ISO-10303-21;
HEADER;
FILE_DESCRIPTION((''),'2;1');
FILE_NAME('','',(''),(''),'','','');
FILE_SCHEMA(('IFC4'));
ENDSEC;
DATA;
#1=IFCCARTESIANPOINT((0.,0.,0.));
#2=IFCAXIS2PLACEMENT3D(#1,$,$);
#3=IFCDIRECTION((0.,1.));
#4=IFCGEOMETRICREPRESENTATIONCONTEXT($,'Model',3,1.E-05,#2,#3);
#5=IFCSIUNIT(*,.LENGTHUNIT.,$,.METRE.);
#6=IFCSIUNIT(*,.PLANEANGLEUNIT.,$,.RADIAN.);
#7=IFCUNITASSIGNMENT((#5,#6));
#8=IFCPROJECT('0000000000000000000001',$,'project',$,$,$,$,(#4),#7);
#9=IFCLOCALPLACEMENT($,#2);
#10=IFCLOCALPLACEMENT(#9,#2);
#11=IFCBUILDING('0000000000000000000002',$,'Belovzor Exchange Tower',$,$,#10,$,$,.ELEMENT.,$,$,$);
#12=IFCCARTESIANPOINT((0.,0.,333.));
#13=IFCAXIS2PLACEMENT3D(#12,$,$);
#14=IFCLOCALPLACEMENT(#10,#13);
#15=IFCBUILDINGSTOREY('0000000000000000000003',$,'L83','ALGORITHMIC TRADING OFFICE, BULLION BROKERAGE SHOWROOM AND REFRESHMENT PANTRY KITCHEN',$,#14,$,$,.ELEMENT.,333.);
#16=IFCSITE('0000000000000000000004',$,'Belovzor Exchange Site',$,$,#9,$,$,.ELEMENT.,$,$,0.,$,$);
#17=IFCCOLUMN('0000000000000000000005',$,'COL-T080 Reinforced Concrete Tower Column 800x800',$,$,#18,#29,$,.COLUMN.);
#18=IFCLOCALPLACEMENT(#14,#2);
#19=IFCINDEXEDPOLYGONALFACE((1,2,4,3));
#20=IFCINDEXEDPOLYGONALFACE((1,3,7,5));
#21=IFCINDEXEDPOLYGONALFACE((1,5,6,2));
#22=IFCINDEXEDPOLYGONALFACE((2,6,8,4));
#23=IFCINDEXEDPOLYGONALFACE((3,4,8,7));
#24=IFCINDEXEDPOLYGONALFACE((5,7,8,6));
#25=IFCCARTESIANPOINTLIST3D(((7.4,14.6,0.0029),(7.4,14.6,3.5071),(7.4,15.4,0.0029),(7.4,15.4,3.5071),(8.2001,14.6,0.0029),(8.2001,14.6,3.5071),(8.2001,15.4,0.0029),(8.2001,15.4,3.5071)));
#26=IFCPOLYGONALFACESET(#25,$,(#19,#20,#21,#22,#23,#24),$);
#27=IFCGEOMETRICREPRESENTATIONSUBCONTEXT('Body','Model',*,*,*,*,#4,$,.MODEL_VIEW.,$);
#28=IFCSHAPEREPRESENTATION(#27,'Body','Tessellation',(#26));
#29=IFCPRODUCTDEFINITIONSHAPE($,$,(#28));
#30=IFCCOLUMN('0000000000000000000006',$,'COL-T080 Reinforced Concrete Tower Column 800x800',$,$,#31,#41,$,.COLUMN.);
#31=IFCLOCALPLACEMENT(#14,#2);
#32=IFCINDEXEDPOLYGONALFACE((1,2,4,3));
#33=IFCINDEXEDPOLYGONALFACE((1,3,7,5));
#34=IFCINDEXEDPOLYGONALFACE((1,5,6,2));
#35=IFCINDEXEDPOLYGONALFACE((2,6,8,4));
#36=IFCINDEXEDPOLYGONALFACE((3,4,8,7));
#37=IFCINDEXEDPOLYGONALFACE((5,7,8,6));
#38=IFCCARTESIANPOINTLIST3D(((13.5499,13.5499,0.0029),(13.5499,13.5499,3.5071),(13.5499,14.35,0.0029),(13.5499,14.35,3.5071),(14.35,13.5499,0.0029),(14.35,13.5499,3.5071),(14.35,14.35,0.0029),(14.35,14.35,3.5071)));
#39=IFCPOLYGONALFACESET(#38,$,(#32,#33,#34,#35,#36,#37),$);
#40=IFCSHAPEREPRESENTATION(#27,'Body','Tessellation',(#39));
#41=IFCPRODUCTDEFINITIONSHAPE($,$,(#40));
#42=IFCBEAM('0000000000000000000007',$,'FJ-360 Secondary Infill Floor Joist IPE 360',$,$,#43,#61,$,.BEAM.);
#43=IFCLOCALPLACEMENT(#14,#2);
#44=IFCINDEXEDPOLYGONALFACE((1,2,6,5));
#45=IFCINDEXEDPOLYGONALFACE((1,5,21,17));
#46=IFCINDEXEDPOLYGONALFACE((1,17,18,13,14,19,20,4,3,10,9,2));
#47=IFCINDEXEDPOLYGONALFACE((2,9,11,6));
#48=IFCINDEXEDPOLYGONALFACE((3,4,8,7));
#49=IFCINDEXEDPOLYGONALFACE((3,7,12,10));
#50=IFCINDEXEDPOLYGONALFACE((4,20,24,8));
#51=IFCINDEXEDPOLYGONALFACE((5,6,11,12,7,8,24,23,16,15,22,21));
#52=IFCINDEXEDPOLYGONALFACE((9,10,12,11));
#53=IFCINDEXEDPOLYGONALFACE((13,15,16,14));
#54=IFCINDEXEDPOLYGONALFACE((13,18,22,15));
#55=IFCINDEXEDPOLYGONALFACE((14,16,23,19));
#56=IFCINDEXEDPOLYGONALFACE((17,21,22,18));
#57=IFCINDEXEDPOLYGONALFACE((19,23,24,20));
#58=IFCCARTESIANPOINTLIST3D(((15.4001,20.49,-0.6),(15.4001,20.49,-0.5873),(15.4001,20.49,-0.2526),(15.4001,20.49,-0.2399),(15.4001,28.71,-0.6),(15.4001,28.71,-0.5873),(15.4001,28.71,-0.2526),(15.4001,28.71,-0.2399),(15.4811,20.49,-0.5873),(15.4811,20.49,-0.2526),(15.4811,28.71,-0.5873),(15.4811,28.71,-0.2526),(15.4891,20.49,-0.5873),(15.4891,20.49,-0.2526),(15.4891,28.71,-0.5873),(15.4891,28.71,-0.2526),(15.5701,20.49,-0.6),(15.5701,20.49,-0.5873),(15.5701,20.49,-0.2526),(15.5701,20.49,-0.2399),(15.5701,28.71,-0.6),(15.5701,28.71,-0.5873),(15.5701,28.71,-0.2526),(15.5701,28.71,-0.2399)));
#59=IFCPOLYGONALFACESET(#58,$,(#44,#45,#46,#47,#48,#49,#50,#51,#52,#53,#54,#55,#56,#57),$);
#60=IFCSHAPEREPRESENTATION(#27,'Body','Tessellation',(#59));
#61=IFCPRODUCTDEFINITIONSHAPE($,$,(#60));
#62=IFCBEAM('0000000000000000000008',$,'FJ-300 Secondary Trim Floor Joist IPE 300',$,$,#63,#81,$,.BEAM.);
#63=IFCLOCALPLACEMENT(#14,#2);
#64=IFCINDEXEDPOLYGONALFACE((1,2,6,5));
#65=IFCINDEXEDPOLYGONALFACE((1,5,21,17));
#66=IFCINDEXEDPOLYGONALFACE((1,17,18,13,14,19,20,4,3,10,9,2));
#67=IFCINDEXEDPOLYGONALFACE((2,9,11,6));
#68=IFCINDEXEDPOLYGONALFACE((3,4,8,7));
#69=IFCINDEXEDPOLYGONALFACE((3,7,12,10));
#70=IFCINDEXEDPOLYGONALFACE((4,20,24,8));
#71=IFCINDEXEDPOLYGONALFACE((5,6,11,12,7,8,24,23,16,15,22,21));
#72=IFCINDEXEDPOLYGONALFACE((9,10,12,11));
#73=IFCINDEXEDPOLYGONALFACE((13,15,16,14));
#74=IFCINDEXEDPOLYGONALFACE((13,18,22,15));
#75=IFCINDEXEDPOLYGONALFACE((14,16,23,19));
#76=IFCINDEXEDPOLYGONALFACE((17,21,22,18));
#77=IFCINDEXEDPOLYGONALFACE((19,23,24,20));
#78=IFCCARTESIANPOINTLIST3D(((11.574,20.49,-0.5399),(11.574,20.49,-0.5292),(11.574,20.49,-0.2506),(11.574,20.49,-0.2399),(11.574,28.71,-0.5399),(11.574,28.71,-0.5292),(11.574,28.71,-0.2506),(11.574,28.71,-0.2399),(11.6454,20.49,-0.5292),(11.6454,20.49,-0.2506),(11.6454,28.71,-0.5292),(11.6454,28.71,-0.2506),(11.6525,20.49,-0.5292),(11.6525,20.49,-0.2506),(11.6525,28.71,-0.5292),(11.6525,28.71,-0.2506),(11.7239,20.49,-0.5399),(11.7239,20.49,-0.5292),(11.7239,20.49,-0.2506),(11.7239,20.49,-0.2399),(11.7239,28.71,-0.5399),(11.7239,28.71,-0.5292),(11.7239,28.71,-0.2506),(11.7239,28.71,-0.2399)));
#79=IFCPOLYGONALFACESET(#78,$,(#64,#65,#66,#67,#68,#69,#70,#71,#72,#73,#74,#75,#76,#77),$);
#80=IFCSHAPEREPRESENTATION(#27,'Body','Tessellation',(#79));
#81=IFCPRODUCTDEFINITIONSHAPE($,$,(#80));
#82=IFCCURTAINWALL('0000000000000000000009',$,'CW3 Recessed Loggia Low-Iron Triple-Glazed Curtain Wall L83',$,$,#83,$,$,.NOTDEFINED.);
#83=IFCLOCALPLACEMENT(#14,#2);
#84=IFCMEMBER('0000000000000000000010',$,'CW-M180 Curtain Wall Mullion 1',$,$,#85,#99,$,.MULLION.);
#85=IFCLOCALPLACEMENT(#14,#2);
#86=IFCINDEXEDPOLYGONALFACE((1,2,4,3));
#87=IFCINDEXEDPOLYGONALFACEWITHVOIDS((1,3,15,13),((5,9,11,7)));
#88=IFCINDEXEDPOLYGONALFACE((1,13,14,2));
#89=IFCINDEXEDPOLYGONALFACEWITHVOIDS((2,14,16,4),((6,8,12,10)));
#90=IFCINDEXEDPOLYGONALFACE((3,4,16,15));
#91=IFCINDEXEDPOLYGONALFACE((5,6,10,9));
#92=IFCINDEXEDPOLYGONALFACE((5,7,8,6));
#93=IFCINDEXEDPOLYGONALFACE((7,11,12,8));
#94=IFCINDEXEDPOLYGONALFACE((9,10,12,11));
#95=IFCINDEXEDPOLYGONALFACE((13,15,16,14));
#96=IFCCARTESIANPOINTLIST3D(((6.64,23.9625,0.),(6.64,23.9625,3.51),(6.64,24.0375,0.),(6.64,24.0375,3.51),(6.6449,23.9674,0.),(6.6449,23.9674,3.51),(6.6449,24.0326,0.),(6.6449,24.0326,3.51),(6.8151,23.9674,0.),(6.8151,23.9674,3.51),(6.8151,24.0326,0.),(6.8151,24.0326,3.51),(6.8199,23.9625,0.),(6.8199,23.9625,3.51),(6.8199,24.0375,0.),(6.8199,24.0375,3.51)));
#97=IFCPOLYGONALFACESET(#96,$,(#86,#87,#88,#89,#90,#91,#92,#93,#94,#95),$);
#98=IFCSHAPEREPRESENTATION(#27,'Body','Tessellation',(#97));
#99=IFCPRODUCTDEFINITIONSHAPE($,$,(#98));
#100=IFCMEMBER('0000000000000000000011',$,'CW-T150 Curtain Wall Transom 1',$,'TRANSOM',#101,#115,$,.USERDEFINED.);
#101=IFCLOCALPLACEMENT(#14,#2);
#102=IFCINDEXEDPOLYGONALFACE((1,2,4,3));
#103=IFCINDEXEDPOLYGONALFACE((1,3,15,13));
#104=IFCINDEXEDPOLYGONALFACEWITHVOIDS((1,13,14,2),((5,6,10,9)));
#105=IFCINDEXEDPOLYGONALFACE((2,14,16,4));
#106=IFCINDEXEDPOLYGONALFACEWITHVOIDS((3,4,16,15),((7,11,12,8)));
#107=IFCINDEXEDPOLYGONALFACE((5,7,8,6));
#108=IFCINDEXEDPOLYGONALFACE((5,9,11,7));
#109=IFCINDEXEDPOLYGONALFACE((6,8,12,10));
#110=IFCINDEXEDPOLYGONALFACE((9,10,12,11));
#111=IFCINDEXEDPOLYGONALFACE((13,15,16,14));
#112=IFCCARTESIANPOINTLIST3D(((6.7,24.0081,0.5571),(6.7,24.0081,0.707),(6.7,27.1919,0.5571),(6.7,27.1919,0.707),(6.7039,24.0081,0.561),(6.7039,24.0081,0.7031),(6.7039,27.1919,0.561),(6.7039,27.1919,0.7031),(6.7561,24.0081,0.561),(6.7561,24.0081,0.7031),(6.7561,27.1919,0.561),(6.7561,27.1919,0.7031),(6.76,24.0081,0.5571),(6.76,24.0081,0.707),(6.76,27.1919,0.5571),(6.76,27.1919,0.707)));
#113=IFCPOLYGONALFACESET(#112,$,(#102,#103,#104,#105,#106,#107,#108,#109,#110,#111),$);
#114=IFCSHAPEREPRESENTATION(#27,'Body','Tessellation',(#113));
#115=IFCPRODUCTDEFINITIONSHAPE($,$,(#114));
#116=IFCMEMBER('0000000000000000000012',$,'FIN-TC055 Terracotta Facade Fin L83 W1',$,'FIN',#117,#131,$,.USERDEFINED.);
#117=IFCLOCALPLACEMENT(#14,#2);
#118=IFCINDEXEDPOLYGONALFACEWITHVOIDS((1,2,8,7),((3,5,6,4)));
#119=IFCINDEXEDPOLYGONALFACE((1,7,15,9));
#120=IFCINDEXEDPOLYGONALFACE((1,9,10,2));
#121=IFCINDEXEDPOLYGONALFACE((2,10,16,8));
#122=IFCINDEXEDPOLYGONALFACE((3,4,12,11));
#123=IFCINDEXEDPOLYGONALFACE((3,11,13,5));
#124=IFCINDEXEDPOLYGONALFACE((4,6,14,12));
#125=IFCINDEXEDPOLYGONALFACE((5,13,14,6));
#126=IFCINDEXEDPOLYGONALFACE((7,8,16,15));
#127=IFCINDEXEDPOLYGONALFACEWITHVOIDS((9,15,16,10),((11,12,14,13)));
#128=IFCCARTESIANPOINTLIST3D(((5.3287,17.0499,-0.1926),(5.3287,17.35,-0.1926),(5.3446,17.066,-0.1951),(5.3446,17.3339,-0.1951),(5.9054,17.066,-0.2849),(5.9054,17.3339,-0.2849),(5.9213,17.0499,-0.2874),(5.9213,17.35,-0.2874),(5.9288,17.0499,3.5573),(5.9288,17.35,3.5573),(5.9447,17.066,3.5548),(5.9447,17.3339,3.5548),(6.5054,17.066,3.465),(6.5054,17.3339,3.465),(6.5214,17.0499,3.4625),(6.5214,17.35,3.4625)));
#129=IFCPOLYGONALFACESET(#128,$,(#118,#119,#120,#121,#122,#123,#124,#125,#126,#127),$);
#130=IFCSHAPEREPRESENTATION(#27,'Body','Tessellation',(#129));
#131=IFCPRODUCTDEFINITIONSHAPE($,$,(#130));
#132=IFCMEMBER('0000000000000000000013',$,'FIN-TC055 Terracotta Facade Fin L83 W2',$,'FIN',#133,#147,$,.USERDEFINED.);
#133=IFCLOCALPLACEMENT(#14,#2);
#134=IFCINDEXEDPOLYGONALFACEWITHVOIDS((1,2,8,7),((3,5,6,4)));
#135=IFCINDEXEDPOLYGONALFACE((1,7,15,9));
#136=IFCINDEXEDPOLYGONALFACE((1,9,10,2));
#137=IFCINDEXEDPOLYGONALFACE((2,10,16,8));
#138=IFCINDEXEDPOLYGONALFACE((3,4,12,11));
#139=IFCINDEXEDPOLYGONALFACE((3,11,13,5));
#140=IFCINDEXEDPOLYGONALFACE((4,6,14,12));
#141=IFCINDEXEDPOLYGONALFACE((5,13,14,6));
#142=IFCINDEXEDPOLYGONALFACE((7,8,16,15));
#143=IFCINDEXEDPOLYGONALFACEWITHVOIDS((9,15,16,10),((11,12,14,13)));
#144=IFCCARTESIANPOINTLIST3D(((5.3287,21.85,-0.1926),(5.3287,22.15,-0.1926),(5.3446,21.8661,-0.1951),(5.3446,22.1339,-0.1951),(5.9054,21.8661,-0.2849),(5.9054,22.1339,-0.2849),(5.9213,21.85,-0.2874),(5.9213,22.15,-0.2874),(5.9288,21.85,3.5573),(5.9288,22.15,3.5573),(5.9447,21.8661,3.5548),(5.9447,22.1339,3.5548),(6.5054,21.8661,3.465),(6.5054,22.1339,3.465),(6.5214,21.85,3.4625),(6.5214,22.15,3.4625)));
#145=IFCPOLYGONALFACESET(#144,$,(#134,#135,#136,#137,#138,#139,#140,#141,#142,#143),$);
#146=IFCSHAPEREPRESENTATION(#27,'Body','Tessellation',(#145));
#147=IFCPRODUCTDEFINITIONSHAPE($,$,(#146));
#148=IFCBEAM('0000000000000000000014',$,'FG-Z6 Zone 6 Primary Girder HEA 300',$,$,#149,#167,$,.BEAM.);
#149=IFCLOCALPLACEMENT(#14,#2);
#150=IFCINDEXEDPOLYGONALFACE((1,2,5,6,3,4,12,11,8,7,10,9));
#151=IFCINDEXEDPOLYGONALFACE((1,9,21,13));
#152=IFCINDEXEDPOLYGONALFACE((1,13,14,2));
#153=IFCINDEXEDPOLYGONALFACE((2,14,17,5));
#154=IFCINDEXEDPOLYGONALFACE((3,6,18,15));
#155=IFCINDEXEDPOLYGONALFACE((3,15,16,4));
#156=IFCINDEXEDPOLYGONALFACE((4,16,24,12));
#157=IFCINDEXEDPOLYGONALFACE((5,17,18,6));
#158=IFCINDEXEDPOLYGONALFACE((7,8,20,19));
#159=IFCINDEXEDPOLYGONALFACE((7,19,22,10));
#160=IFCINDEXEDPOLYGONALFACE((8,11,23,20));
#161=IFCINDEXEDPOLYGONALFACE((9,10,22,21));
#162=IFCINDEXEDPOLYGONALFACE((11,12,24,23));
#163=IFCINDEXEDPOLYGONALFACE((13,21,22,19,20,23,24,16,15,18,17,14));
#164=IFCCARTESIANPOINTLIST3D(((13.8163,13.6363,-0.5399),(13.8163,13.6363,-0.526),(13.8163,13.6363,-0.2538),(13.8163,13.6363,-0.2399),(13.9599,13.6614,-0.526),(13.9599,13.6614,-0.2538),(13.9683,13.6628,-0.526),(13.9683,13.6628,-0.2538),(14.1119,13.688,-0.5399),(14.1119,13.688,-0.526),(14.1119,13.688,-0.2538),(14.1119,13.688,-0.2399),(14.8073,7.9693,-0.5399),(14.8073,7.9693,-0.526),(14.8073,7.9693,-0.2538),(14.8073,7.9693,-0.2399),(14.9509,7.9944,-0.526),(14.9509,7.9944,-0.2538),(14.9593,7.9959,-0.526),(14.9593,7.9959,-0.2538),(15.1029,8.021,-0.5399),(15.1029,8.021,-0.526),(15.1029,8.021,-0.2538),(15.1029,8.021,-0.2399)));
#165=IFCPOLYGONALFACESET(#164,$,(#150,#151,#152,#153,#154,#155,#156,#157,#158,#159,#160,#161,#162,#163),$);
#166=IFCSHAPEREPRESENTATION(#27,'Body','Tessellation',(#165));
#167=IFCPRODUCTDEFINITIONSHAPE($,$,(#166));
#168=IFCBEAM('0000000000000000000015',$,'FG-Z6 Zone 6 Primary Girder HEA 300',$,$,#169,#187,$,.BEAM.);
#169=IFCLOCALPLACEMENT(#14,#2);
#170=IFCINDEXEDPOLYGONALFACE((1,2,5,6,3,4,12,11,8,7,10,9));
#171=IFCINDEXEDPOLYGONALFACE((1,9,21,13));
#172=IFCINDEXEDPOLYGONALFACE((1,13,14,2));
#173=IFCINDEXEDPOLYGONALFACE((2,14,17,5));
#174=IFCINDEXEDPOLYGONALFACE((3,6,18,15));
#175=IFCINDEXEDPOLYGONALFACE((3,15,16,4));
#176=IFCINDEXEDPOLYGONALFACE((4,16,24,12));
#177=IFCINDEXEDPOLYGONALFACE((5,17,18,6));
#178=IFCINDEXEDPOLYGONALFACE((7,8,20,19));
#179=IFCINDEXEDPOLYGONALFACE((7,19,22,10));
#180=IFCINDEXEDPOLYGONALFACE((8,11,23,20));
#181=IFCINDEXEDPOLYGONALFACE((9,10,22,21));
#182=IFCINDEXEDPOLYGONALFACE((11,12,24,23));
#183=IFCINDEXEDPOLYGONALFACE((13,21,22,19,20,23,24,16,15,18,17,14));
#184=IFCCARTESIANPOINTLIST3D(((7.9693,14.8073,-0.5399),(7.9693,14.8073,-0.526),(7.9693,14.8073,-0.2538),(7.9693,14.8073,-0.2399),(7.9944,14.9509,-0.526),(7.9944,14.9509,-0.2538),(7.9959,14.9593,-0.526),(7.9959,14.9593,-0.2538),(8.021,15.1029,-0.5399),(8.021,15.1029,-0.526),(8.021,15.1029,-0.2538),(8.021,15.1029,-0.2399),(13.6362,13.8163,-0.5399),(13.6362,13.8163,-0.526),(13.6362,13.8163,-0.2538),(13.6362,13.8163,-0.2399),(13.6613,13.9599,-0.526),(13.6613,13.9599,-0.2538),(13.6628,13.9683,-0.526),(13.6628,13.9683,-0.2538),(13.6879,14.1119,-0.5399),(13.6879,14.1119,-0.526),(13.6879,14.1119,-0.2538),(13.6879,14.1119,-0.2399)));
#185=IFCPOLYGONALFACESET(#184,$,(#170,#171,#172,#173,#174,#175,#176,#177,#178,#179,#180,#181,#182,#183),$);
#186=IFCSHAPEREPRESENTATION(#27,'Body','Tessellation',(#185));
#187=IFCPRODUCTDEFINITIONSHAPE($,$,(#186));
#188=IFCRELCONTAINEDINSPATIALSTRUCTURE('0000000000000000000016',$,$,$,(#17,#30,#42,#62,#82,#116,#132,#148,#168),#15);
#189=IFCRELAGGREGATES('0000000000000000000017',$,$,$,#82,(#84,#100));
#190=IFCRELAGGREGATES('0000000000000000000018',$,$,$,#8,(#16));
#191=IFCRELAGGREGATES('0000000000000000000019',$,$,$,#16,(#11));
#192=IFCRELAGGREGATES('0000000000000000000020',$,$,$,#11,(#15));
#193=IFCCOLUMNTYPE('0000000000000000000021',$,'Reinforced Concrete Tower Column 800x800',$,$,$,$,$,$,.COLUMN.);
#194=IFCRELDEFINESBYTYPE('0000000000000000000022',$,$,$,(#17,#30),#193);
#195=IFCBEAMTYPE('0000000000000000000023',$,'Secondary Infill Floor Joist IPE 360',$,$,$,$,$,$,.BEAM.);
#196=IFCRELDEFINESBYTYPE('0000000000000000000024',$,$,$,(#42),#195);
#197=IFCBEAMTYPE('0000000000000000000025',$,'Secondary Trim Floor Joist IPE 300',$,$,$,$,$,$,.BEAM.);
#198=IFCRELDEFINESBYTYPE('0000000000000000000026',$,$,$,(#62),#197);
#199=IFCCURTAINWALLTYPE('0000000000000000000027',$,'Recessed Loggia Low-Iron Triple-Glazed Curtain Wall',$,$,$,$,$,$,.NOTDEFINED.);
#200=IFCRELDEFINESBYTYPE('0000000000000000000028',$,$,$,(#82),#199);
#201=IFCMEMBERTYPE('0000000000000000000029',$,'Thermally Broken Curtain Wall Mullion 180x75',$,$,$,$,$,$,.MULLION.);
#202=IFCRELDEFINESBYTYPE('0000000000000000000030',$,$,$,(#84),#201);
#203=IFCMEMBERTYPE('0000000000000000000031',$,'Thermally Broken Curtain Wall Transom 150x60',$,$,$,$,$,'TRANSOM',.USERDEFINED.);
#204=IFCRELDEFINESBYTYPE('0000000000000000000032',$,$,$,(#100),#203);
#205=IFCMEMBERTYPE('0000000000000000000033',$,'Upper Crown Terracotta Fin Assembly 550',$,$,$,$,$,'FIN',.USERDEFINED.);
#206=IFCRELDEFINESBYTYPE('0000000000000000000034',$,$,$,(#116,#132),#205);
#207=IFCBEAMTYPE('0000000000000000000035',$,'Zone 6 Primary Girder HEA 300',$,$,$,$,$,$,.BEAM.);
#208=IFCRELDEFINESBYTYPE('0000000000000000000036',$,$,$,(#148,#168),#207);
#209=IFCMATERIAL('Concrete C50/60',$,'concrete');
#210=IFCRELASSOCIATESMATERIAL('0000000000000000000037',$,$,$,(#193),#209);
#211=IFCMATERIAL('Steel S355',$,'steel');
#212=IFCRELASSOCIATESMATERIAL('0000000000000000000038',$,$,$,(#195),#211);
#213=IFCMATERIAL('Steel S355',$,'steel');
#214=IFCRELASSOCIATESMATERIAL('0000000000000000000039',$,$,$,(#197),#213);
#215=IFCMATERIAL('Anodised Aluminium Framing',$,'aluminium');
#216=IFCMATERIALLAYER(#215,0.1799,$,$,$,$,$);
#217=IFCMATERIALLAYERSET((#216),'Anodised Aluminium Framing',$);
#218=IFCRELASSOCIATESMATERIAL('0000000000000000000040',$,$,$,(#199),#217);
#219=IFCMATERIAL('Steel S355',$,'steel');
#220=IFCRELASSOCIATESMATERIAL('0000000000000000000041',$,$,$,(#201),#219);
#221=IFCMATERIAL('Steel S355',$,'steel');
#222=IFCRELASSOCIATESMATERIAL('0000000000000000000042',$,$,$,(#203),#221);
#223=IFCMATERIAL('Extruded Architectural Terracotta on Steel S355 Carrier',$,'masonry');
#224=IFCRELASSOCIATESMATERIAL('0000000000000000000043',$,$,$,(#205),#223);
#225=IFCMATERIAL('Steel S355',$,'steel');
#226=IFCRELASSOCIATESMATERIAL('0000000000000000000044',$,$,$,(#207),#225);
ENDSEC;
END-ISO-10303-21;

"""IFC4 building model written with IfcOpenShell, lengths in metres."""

from ifc_helpers import new_model, si_unit, direction, frame, origin, origin_2d, place, context, subcontext, project, spatial, rectangle, hollow_rectangle, i_section, extrude, material, layer, layer_set, material_profile, profile_set, type_object, element, aggregate, save


model = new_model("IFC4")

# Units and contexts
model_context = context("Model", 3, precision=1e-05, world=origin(), true_north=direction((0.0, 1.0)))
body_context = subcontext(model_context, "Body", "Model", "MODEL_VIEW")
ifc_project = project(units=[si_unit("LENGTHUNIT", "METRE"), si_unit("PLANEANGLEUNIT", "RADIAN")], contexts=[model_context])

# Site, building, storey
site_placement = place(None, origin())
site = spatial("IfcSite", under=ifc_project, at=site_placement, Name="Belovzor Exchange Site", CompositionType="ELEMENT", RefElevation=0.0)
building_placement = place(site_placement, origin())
building = spatial("IfcBuilding", under=site, at=building_placement, Name="Belovzor Exchange Tower", CompositionType="ELEMENT")
storey_placement = place(building_placement, frame((0.0, 0.0, 333.0)))
storey = spatial("IfcBuildingStorey", under=building, at=storey_placement, Name="L83", Description="ALGORITHMIC TRADING OFFICE, BULLION BROKERAGE SHOWROOM AND REFRESHMENT PANTRY KITCHEN", CompositionType="ELEMENT", Elevation=333.0)

# Columns
ifc_material_1 = material(Name="Concrete C50/60", Category="concrete")
ifc_material_profile_1 = material_profile(ifc_material_1, rectangle(XDim=0.8, YDim=0.8, at=origin_2d()))
ifc_profile_set_1 = profile_set([ifc_material_profile_1], Name="Concrete C50/60")
column_type = type_object("IfcColumnType", Name="Reinforced Concrete Tower Column 800x800", PredefinedType="COLUMN", material=ifc_profile_set_1)
for number, where, z_axis, x_axis, name in (
    (1, (7.8, 15.0, 0.0029), (0.0, 0.0, 1.0), (1.0, 0.0, 0.0), "COL-T080 Reinforced Concrete Tower Column 800x800"),
    (2, (13.95, 13.95, 0.0029), (0.0, 0.0, 1.0), (1.0, 0.0, 0.0), "COL-T080 Reinforced Concrete Tower Column 800x800"),
):
    element("IfcColumn", number, at=place(storey_placement, frame(where, z_axis=z_axis, x_axis=x_axis)), inside=storey, type_object=column_type, Name=name, PredefinedType="COLUMN", context=body_context, shape_type="SweptSolid", body=[
        extrude(rectangle(XDim=0.8, YDim=0.8, at=origin_2d()), origin(), (0.0, 0.0, 1.0), 3.5042),
    ])

# Beams
ifc_material_2 = material(Name="Steel S355", Category="steel")
ifc_material_profile_2 = material_profile(ifc_material_2, i_section(OverallWidth=0.1699, OverallDepth=0.3601, WebThickness=0.0081, FlangeThickness=0.0127, at=origin_2d()))
ifc_profile_set_2 = profile_set([ifc_material_profile_2], Name="Steel S355")
beam_type_1 = type_object("IfcBeamType", Name="Secondary Infill Floor Joist IPE 360", PredefinedType="BEAM", material=ifc_profile_set_2)
beam_1_placement = place(storey_placement, frame((15.4851, 20.49, -0.4199), z_axis=(0.0, 1.0, 0.0), x_axis=(-1.0, 0.0, 0.0)))
element("IfcBeam", 3, at=beam_1_placement, inside=storey, type_object=beam_type_1, Name="FJ-360 Secondary Infill Floor Joist IPE 360", PredefinedType="BEAM", context=body_context, shape_type="SweptSolid", body=[
    extrude(i_section(OverallWidth=0.1699, OverallDepth=0.3601, WebThickness=0.0081, FlangeThickness=0.0127, at=origin_2d()), origin(), (0.0, 0.0, 1.0), 8.22),
])
ifc_material_3 = material(Name="Steel S355", Category="steel")
ifc_material_profile_3 = material_profile(ifc_material_3, i_section(OverallWidth=0.1499, OverallDepth=0.3, WebThickness=0.0071, FlangeThickness=0.0107, at=origin_2d()))
ifc_profile_set_3 = profile_set([ifc_material_profile_3], Name="Steel S355")
beam_type_2 = type_object("IfcBeamType", Name="Secondary Trim Floor Joist IPE 300", PredefinedType="BEAM", material=ifc_profile_set_3)
beam_2_placement = place(storey_placement, frame((11.6489, 20.49, -0.3899), z_axis=(0.0, 1.0, 0.0), x_axis=(-1.0, 0.0, 0.0)))
element("IfcBeam", 4, at=beam_2_placement, inside=storey, type_object=beam_type_2, Name="FJ-300 Secondary Trim Floor Joist IPE 300", PredefinedType="BEAM", context=body_context, shape_type="SweptSolid", body=[
    extrude(i_section(OverallWidth=0.1499, OverallDepth=0.3, WebThickness=0.0071, FlangeThickness=0.0107, at=origin_2d()), origin(), (0.0, 0.0, 1.0), 8.22),
])

# Curtain wall, members
ifc_material_4 = material(Name="Anodised Aluminium Framing", Category="aluminium")
ifc_layer_1 = layer(ifc_material_4, 0.1799)
ifc_layer_set_1 = layer_set([ifc_layer_1], Name="Anodised Aluminium Framing")
curtain_wall_type = type_object("IfcCurtainWallType", Name="Recessed Loggia Low-Iron Triple-Glazed Curtain Wall", PredefinedType="NOTDEFINED", material=ifc_layer_set_1)
curtain_wall_placement = place(storey_placement, origin())
curtain_wall = element("IfcCurtainWall", 5, at=curtain_wall_placement, inside=storey, type_object=curtain_wall_type, Name="CW3 Recessed Loggia Low-Iron Triple-Glazed Curtain Wall L83", PredefinedType="NOTDEFINED")
ifc_material_5 = material(Name="Steel S355", Category="steel")
ifc_material_profile_4 = material_profile(ifc_material_5, hollow_rectangle(XDim=0.075, YDim=0.1799, WallThickness=0.0049, at=origin_2d()))
ifc_profile_set_4 = profile_set([ifc_material_profile_4], Name="Steel S355")
member_type_1 = type_object("IfcMemberType", Name="Thermally Broken Curtain Wall Mullion 180x75", PredefinedType="MULLION", material=ifc_profile_set_4)
member_1_placement = place(storey_placement, frame((6.73, 24.0, 0.0), z_axis=(0.0, 0.0, 1.0), x_axis=(0.0, 1.0, 0.0)))
member_1 = element("IfcMember", 6, at=member_1_placement, type_object=member_type_1, Name="CW-M180 Curtain Wall Mullion 1", PredefinedType="MULLION", context=body_context, shape_type="SweptSolid", body=[
    extrude(hollow_rectangle(XDim=0.075, YDim=0.1799, WallThickness=0.0049, at=origin_2d()), origin(), (0.0, 0.0, 1.0), 3.51),
])
ifc_material_6 = material(Name="Steel S355", Category="steel")
ifc_material_profile_5 = material_profile(ifc_material_6, hollow_rectangle(XDim=0.0601, YDim=0.1499, WallThickness=0.0039, at=origin_2d()))
ifc_profile_set_5 = profile_set([ifc_material_profile_5], Name="Steel S355")
member_type_2 = type_object("IfcMemberType", Name="Thermally Broken Curtain Wall Transom 150x60", ElementType="TRANSOM", PredefinedType="USERDEFINED", material=ifc_profile_set_5)
member_2_placement = place(storey_placement, frame((6.73, 24.0081, 0.6321), z_axis=(0.0, 1.0, 0.0), x_axis=(-1.0, 0.0, 0.0)))
member_2 = element("IfcMember", 7, at=member_2_placement, type_object=member_type_2, Name="CW-T150 Curtain Wall Transom 1", ObjectType="TRANSOM", PredefinedType="USERDEFINED", context=body_context, shape_type="SweptSolid", body=[
    extrude(hollow_rectangle(XDim=0.0601, YDim=0.1499, WallThickness=0.0039, at=origin_2d()), origin(), (0.0, 0.0, 1.0), 3.1838),
])

# Members
ifc_material_7 = material(Name="Extruded Architectural Terracotta on Steel S355 Carrier", Category="masonry")
ifc_material_profile_6 = material_profile(ifc_material_7, hollow_rectangle(XDim=0.3, YDim=0.6001, WallThickness=0.0161, at=origin_2d()))
ifc_profile_set_6 = profile_set([ifc_material_profile_6], Name="Extruded Architectural Terracotta on Steel S355 Carrier")
member_type_3 = type_object("IfcMemberType", Name="Upper Crown Terracotta Fin Assembly 550", ElementType="FIN", PredefinedType="USERDEFINED", material=ifc_profile_set_6)
for number, where, z_axis, x_axis, name in (
    (8, (5.625, 17.2, -0.24), (0.158016, 0.0, 0.987437), (0.0, 1.0, 0.0), "FIN-TC055 Terracotta Facade Fin L83 W1"),
    (9, (5.625, 22.0, -0.24), (0.158016, 0.0, 0.987437), (0.0, 1.0, 0.0), "FIN-TC055 Terracotta Facade Fin L83 W2"),
):
    element("IfcMember", number, at=place(storey_placement, frame(where, z_axis=z_axis, x_axis=x_axis)), inside=storey, type_object=member_type_3, Name=name, ObjectType="FIN", PredefinedType="USERDEFINED", context=body_context, shape_type="SweptSolid", body=[
        extrude(hollow_rectangle(XDim=0.3, YDim=0.6001, WallThickness=0.0161, at=origin_2d()), origin(), (0.0, 0.0, 1.0), 3.7976),
    ])

# Beams
ifc_material_8 = material(Name="Steel S355", Category="steel")
ifc_material_profile_7 = material_profile(ifc_material_8, i_section(OverallWidth=0.3, OverallDepth=0.3, WebThickness=0.0085, FlangeThickness=0.0139, at=origin_2d()))
ifc_profile_set_7 = profile_set([ifc_material_profile_7], Name="Steel S355")
beam_type_3 = type_object("IfcBeamType", Name="Zone 6 Primary Girder HEA 300", PredefinedType="BEAM", material=ifc_profile_set_7)
for number, where, z_axis, x_axis, name in (
    (10, (13.9641, 13.6621, -0.3899), (0.172253, -0.985053, 0.0), (0.985053, 0.172253, 0.0), "FG-Z6 Zone 6 Primary Girder HEA 300"),
    (11, (7.9951, 14.9551, -0.3899), (0.985053, -0.172253, 0.0), (0.172253, 0.985053, 0.0), "FG-Z6 Zone 6 Primary Girder HEA 300"),
):
    element("IfcBeam", number, at=place(storey_placement, frame(where, z_axis=z_axis, x_axis=x_axis)), inside=storey, type_object=beam_type_3, Name=name, PredefinedType="BEAM", context=body_context, shape_type="SweptSolid", body=[
        extrude(i_section(OverallWidth=0.3, OverallDepth=0.3, WebThickness=0.0085, FlangeThickness=0.0139, at=origin_2d()), origin(), (0.0, 0.0, 1.0), 5.7529),
    ])

aggregate(curtain_wall, [member_1, member_2])

save(model, "model.ifc")
